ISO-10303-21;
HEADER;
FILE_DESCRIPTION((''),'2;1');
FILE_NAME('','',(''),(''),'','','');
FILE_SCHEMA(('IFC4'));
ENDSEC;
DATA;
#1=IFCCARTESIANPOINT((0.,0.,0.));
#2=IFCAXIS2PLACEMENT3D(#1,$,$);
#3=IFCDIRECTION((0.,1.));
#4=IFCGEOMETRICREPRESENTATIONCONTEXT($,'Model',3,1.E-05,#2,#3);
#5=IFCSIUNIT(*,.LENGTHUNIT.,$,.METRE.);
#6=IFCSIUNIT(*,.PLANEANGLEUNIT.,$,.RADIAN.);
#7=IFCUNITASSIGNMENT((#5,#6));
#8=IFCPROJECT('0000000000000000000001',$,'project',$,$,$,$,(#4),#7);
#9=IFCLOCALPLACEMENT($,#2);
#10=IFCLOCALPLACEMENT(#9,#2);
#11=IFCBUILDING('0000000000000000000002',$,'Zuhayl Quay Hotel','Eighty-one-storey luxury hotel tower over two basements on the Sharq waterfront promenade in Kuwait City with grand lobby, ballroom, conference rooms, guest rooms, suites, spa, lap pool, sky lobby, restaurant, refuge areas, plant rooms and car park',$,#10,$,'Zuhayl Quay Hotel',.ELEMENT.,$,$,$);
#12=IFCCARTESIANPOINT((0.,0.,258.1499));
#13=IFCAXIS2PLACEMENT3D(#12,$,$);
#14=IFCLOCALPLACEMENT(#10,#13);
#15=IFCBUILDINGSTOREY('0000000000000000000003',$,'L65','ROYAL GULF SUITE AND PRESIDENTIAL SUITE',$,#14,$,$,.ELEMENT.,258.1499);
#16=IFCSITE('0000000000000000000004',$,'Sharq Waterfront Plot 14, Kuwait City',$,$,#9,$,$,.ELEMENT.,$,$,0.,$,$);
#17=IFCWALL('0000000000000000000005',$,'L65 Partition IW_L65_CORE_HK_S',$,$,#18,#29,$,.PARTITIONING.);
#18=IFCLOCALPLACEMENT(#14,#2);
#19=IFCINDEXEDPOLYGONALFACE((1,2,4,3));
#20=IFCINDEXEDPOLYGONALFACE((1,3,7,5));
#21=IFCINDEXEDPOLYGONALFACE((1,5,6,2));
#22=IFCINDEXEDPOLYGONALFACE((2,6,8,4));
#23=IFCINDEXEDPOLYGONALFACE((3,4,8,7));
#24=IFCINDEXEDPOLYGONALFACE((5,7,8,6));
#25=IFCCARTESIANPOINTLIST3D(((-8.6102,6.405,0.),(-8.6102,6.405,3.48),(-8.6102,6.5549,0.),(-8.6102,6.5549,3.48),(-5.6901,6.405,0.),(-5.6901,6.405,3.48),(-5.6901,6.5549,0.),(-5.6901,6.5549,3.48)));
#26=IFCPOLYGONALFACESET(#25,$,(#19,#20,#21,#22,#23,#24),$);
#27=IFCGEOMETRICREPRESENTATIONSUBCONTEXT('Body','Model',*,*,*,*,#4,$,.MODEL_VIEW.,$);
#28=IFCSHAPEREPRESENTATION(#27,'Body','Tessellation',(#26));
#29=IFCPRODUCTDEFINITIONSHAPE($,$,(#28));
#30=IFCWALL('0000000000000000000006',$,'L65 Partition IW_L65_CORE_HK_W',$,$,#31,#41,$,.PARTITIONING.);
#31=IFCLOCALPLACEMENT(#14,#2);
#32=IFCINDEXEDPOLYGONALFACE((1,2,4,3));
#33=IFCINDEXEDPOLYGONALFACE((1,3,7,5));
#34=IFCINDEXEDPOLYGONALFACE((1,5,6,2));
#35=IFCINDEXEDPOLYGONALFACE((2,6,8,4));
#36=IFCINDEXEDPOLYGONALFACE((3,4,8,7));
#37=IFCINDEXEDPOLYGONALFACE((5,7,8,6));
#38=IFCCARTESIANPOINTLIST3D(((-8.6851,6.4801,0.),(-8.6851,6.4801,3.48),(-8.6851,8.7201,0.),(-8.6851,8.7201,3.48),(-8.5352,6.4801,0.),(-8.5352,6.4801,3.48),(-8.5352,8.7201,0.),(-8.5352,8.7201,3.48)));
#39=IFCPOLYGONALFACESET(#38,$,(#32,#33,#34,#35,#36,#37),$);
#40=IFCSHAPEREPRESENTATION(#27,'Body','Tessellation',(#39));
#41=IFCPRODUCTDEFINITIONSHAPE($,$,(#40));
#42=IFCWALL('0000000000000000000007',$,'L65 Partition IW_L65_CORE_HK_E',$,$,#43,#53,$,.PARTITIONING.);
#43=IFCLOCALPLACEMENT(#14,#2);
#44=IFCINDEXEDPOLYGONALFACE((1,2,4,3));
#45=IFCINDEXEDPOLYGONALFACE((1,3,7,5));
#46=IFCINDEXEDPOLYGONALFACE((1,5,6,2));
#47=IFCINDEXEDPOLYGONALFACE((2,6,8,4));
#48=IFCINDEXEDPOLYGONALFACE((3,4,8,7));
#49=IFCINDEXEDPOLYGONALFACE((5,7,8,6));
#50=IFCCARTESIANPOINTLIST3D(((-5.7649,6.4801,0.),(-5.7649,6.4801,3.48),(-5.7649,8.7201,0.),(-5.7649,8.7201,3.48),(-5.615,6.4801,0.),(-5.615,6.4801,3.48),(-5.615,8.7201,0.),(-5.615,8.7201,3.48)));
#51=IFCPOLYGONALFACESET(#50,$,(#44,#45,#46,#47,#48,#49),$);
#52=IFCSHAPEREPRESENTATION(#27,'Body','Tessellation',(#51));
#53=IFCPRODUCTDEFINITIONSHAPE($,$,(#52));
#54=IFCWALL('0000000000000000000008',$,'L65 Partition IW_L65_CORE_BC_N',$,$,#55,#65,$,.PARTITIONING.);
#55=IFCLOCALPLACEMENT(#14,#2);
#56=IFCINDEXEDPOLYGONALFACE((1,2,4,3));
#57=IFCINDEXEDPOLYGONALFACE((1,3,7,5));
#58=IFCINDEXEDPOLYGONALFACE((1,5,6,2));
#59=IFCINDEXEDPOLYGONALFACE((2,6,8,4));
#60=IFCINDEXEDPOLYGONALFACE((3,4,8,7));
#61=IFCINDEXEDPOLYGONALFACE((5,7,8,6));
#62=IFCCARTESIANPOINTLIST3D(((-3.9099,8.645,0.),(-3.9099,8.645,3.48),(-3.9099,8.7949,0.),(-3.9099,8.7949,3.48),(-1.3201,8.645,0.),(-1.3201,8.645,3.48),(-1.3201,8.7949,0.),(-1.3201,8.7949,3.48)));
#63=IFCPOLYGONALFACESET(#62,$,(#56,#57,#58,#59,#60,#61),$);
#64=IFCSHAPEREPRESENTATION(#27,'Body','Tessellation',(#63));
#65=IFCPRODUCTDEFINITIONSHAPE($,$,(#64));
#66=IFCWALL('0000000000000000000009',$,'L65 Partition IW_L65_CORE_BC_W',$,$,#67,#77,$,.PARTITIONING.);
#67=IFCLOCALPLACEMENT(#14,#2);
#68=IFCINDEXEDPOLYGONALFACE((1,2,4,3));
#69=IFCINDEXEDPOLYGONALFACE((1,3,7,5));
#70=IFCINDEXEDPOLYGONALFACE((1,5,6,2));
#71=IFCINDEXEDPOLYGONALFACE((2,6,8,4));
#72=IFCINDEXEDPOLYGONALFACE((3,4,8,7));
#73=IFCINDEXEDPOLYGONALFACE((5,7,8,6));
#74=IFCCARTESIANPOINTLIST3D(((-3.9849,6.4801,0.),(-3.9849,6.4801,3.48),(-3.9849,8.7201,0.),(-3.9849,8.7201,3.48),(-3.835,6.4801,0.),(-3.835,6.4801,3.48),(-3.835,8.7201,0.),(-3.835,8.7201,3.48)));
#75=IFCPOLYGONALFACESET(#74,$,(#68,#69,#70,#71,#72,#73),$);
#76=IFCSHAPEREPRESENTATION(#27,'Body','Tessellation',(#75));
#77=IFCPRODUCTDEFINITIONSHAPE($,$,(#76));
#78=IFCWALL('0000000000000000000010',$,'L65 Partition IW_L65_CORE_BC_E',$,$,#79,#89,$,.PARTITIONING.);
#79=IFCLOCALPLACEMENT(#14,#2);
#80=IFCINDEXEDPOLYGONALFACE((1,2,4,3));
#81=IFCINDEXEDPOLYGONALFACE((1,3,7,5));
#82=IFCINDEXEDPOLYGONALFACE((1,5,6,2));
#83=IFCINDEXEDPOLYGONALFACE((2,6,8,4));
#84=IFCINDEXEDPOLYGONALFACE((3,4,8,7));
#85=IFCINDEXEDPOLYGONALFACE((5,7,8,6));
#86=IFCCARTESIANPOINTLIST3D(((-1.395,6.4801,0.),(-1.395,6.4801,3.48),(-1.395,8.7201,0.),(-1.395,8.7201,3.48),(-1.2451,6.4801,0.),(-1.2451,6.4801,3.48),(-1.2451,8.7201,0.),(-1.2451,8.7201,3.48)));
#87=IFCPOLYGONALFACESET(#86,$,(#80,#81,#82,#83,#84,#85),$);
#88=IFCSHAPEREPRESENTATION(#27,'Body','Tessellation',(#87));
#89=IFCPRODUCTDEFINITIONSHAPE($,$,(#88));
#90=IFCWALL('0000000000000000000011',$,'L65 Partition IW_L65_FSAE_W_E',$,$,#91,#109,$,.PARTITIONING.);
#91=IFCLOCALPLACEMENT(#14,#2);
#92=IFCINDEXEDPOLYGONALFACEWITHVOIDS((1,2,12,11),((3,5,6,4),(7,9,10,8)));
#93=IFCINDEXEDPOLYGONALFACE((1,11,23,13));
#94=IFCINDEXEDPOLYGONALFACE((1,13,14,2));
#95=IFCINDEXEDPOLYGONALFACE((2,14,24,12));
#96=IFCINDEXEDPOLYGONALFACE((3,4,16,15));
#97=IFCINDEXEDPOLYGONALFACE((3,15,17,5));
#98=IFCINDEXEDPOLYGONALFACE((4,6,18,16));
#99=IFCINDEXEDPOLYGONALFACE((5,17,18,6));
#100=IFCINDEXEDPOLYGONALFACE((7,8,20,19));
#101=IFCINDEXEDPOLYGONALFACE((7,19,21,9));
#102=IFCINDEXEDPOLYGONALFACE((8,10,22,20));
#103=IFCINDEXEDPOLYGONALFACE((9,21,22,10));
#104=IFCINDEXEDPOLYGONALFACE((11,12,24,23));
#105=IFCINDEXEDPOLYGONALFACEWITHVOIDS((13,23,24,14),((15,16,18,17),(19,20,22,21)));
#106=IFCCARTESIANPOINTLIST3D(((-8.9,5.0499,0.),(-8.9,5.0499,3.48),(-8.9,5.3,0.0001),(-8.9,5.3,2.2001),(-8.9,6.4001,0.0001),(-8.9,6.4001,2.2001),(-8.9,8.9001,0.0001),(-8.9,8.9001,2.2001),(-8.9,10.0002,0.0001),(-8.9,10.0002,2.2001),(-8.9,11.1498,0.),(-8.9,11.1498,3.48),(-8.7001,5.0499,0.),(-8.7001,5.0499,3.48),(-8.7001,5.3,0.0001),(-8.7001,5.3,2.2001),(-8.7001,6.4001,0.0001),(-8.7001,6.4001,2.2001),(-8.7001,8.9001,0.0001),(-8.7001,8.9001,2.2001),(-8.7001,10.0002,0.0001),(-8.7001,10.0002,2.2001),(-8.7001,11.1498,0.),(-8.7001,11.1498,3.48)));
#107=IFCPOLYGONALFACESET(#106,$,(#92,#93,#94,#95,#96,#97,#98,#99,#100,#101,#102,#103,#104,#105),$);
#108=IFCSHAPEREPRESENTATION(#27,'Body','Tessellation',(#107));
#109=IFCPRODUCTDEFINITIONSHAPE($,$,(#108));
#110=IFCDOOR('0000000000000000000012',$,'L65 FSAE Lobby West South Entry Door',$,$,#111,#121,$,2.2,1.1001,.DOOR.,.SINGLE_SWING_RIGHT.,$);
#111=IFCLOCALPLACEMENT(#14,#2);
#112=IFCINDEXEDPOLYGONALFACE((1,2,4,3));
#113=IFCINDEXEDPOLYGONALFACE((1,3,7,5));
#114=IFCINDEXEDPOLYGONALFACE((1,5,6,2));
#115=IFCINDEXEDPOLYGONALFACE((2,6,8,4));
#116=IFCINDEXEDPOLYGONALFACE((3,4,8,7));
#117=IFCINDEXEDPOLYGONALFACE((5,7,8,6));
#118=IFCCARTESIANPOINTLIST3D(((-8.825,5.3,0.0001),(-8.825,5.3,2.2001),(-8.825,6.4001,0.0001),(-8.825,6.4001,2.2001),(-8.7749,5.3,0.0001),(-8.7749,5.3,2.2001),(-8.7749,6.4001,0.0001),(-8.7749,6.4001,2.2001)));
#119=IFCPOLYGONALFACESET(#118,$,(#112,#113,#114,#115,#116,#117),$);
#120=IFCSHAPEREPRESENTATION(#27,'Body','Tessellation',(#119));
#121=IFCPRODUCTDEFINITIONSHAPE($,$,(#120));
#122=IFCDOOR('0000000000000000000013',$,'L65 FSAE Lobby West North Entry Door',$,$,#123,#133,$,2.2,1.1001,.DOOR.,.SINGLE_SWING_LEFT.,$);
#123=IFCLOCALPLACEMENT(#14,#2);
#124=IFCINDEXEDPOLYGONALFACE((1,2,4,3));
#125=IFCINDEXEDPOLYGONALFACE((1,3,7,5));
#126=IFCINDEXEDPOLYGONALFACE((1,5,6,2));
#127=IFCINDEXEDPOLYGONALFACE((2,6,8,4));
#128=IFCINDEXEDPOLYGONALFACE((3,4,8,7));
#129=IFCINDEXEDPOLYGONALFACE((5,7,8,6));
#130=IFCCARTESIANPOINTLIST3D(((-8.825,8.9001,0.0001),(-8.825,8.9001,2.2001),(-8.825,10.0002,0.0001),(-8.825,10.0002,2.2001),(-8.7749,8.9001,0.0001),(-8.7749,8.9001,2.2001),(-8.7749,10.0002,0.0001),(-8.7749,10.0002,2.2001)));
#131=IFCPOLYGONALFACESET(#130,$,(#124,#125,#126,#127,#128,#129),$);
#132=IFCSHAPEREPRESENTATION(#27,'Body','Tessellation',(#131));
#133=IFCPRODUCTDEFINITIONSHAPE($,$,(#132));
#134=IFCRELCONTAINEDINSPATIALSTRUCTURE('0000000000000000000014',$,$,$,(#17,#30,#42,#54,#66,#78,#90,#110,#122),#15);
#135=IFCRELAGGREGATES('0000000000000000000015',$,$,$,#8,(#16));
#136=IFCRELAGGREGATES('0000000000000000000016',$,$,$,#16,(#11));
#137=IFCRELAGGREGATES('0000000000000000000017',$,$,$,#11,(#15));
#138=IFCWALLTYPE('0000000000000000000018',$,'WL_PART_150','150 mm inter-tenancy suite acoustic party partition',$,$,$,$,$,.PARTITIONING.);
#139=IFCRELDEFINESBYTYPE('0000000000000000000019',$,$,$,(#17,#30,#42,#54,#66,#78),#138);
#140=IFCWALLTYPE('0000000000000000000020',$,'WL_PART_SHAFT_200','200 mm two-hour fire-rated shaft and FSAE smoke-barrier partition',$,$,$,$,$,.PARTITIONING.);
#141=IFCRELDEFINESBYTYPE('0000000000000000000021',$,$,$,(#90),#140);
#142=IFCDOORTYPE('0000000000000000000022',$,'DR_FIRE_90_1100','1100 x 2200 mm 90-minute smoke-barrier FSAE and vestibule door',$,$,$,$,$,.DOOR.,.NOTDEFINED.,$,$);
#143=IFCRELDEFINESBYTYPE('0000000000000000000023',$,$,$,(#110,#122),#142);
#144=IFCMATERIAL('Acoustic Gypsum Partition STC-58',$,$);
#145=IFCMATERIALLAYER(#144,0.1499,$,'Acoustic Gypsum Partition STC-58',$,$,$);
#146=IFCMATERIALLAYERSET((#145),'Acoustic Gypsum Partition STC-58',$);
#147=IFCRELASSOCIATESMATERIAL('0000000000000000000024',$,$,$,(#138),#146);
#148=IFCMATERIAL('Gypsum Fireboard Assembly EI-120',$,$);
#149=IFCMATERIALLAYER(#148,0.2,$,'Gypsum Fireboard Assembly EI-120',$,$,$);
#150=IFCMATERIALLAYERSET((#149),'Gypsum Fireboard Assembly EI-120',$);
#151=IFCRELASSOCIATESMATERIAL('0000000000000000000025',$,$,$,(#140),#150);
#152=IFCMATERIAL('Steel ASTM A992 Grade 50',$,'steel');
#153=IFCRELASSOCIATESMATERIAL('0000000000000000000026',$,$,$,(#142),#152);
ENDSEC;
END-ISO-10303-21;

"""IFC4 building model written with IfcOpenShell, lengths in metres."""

from ifc_helpers import new_model, si_unit, direction, frame, frame_2d, origin, place, context, subcontext, project, spatial, rectangle, extrude, material, layer, layer_set, type_object, element, fill, save


model = new_model("IFC4")

# Units and contexts
model_context = context("Model", 3, precision=1e-05, world=origin(), true_north=direction((0.0, 1.0)))
body_context = subcontext(model_context, "Body", "Model", "MODEL_VIEW")
ifc_project = project(units=[si_unit("LENGTHUNIT", "METRE"), si_unit("PLANEANGLEUNIT", "RADIAN")], contexts=[model_context])

# Site, building, storey
site_placement = place(None, origin())
site = spatial("IfcSite", under=ifc_project, at=site_placement, Name="Sharq Waterfront Plot 14, Kuwait City", CompositionType="ELEMENT", RefElevation=0.0)
building_placement = place(site_placement, origin())
building = spatial("IfcBuilding", under=site, at=building_placement, Name="Zuhayl Quay Hotel", Description="Eighty-one-storey luxury hotel tower over two basements on the Sharq waterfront promenade in Kuwait City with grand lobby, ballroom, conference rooms, guest rooms, suites, spa, lap pool, sky lobby, restaurant, refuge areas, plant rooms and car park", LongName="Zuhayl Quay Hotel", CompositionType="ELEMENT")
storey_placement = place(building_placement, frame((0.0, 0.0, 258.1499)))
storey = spatial("IfcBuildingStorey", under=building, at=storey_placement, Name="L65", Description="ROYAL GULF SUITE AND PRESIDENTIAL SUITE", CompositionType="ELEMENT", Elevation=258.1499)

# Shared definitions
ifc_material_1 = material(Name="Acoustic Gypsum Partition STC-58")
ifc_layer_1 = layer(ifc_material_1, 0.1499, Name="Acoustic Gypsum Partition STC-58")
ifc_layer_set_1 = layer_set([ifc_layer_1], Name="Acoustic Gypsum Partition STC-58")
wall_type_1 = type_object("IfcWallType", Name="WL_PART_150", Description="150 mm inter-tenancy suite acoustic party partition", PredefinedType="PARTITIONING", material=ifc_layer_set_1)
ifc_material_2 = material(Name="Steel ASTM A992 Grade 50", Category="steel")

# Walls
wall_1_placement = place(storey_placement, frame((-8.6101, 6.48, 0.0), z_axis=(0.0, 0.0, 1.0), x_axis=(1.0, 0.0, 0.0)))
element("IfcWall", 1, at=wall_1_placement, inside=storey, type_object=wall_type_1, Name="L65 Partition IW_L65_CORE_HK_S", PredefinedType="PARTITIONING", context=body_context, shape_type="SweptSolid", body=[
    extrude(rectangle(XDim=2.9202, YDim=0.1499, at=frame_2d((1.46, 0.0))), origin(), (0.0, 0.0, 1.0), 3.48),
])
for number, where, z_axis, x_axis, name in (
    (2, (-8.6101, 6.48, 0.0), (0.0, 0.0, 1.0), (0.0, 1.0, 0.0), "L65 Partition IW_L65_CORE_HK_W"),
    (3, (-5.6899, 6.48, 0.0), (0.0, 0.0, 1.0), (0.0, 1.0, 0.0), "L65 Partition IW_L65_CORE_HK_E"),
):
    element("IfcWall", number, at=place(storey_placement, frame(where, z_axis=z_axis, x_axis=x_axis)), inside=storey, type_object=wall_type_1, Name=name, PredefinedType="PARTITIONING", context=body_context, shape_type="SweptSolid", body=[
        extrude(rectangle(XDim=2.24, YDim=0.1499, at=frame_2d((1.1201, 0.0))), origin(), (0.0, 0.0, 1.0), 3.48),
    ])
wall_2_placement = place(storey_placement, frame((-3.9099, 8.72, 0.0), z_axis=(0.0, 0.0, 1.0), x_axis=(1.0, 0.0, 0.0)))
element("IfcWall", 4, at=wall_2_placement, inside=storey, type_object=wall_type_1, Name="L65 Partition IW_L65_CORE_BC_N", PredefinedType="PARTITIONING", context=body_context, shape_type="SweptSolid", body=[
    extrude(rectangle(XDim=2.5898, YDim=0.1499, at=frame_2d((1.2949, 0.0))), origin(), (0.0, 0.0, 1.0), 3.48),
])
for number, where, z_axis, x_axis, name in (
    (5, (-3.9099, 6.48, 0.0), (0.0, 0.0, 1.0), (0.0, 1.0, 0.0), "L65 Partition IW_L65_CORE_BC_W"),
    (6, (-1.3201, 6.48, 0.0), (0.0, 0.0, 1.0), (0.0, 1.0, 0.0), "L65 Partition IW_L65_CORE_BC_E"),
):
    element("IfcWall", number, at=place(storey_placement, frame(where, z_axis=z_axis, x_axis=x_axis)), inside=storey, type_object=wall_type_1, Name=name, PredefinedType="PARTITIONING", context=body_context, shape_type="SweptSolid", body=[
        extrude(rectangle(XDim=2.24, YDim=0.1499, at=frame_2d((1.1201, 0.0))), origin(), (0.0, 0.0, 1.0), 3.48),
    ])

# Wall, openings, doors
ifc_material_3 = material(Name="Gypsum Fireboard Assembly EI-120")
ifc_layer_2 = layer(ifc_material_3, 0.2, Name="Gypsum Fireboard Assembly EI-120")
ifc_layer_set_2 = layer_set([ifc_layer_2], Name="Gypsum Fireboard Assembly EI-120")
wall_type_2 = type_object("IfcWallType", Name="WL_PART_SHAFT_200", Description="200 mm two-hour fire-rated shaft and FSAE smoke-barrier partition", PredefinedType="PARTITIONING", material=ifc_layer_set_2)
wall_3_placement = place(storey_placement, frame((-8.8, 5.05, 0.0), z_axis=(0.0, 0.0, 1.0), x_axis=(0.0, 1.0, 0.0)))
wall_3 = element("IfcWall", 7, at=wall_3_placement, inside=storey, type_object=wall_type_2, Name="L65 Partition IW_L65_FSAE_W_E", PredefinedType="PARTITIONING", context=body_context, shape_type="SweptSolid", body=[
    extrude(rectangle(XDim=6.0999, YDim=0.2, at=frame_2d((3.0498, 0.0))), origin(), (0.0, 0.0, 1.0), 3.48),
])
opening_1_placement = place(wall_3_placement, frame((0.25, 0.0, 0.0)))
opening_1 = element("IfcOpeningElement", 8, at=opening_1_placement, cuts=wall_3, PredefinedType="OPENING", context=body_context, shape_type="SweptSolid", body=[
    extrude(rectangle(XDim=1.1001, YDim=2.2, at=frame_2d((0.55, 1.1001))), frame((0.0, 0.1099, 0.0), z_axis=(0.0, -1.0, 0.0), x_axis=(1.0, 0.0, 0.0)), (0.0, 0.0, 1.0), 0.22),
])
opening_2_placement = place(wall_3_placement, frame((3.8501, 0.0, 0.0)))
opening_2 = element("IfcOpeningElement", 9, at=opening_2_placement, cuts=wall_3, PredefinedType="OPENING", context=body_context, shape_type="SweptSolid", body=[
    extrude(rectangle(XDim=1.1001, YDim=2.2, at=frame_2d((0.55, 1.1001))), frame((0.0, 0.1099, 0.0), z_axis=(0.0, -1.0, 0.0), x_axis=(1.0, 0.0, 0.0)), (0.0, 0.0, 1.0), 0.22),
])
door_type_1 = type_object("IfcDoorType", Name="DR_FIRE_90_1100", Description="1100 x 2200 mm 90-minute smoke-barrier FSAE and vestibule door", OperationType="NOTDEFINED", PredefinedType="DOOR", material=ifc_material_2)
door_1_placement = place(opening_1_placement, origin())
door_1 = element("IfcDoor", 10, at=door_1_placement, inside=storey, type_object=door_type_1, Name="L65 FSAE Lobby West South Entry Door", OperationType="SINGLE_SWING_RIGHT", OverallHeight=2.2, OverallWidth=1.1001, PredefinedType="DOOR", context=body_context, shape_type="SweptSolid", body=[
    extrude(rectangle(XDim=1.1001, YDim=2.2, at=frame_2d((0.55, 1.1001))), frame((0.0, 0.0249, 0.0), z_axis=(0.0, -1.0, 0.0), x_axis=(1.0, 0.0, 0.0)), (0.0, 0.0, 1.0), 0.05),
])
fill(opening_1, door_1)
door_2_placement = place(opening_2_placement, origin())
door_2 = element("IfcDoor", 11, at=door_2_placement, inside=storey, type_object=door_type_1, Name="L65 FSAE Lobby West North Entry Door", OperationType="SINGLE_SWING_LEFT", OverallHeight=2.2, OverallWidth=1.1001, PredefinedType="DOOR", context=body_context, shape_type="SweptSolid", body=[
    extrude(rectangle(XDim=1.1001, YDim=2.2, at=frame_2d((0.55, 1.1001))), frame((0.0, 0.0249, 0.0), z_axis=(0.0, -1.0, 0.0), x_axis=(1.0, 0.0, 0.0)), (0.0, 0.0, 1.0), 0.05),
])
fill(opening_2, door_2)

save(model, "model.ifc")
